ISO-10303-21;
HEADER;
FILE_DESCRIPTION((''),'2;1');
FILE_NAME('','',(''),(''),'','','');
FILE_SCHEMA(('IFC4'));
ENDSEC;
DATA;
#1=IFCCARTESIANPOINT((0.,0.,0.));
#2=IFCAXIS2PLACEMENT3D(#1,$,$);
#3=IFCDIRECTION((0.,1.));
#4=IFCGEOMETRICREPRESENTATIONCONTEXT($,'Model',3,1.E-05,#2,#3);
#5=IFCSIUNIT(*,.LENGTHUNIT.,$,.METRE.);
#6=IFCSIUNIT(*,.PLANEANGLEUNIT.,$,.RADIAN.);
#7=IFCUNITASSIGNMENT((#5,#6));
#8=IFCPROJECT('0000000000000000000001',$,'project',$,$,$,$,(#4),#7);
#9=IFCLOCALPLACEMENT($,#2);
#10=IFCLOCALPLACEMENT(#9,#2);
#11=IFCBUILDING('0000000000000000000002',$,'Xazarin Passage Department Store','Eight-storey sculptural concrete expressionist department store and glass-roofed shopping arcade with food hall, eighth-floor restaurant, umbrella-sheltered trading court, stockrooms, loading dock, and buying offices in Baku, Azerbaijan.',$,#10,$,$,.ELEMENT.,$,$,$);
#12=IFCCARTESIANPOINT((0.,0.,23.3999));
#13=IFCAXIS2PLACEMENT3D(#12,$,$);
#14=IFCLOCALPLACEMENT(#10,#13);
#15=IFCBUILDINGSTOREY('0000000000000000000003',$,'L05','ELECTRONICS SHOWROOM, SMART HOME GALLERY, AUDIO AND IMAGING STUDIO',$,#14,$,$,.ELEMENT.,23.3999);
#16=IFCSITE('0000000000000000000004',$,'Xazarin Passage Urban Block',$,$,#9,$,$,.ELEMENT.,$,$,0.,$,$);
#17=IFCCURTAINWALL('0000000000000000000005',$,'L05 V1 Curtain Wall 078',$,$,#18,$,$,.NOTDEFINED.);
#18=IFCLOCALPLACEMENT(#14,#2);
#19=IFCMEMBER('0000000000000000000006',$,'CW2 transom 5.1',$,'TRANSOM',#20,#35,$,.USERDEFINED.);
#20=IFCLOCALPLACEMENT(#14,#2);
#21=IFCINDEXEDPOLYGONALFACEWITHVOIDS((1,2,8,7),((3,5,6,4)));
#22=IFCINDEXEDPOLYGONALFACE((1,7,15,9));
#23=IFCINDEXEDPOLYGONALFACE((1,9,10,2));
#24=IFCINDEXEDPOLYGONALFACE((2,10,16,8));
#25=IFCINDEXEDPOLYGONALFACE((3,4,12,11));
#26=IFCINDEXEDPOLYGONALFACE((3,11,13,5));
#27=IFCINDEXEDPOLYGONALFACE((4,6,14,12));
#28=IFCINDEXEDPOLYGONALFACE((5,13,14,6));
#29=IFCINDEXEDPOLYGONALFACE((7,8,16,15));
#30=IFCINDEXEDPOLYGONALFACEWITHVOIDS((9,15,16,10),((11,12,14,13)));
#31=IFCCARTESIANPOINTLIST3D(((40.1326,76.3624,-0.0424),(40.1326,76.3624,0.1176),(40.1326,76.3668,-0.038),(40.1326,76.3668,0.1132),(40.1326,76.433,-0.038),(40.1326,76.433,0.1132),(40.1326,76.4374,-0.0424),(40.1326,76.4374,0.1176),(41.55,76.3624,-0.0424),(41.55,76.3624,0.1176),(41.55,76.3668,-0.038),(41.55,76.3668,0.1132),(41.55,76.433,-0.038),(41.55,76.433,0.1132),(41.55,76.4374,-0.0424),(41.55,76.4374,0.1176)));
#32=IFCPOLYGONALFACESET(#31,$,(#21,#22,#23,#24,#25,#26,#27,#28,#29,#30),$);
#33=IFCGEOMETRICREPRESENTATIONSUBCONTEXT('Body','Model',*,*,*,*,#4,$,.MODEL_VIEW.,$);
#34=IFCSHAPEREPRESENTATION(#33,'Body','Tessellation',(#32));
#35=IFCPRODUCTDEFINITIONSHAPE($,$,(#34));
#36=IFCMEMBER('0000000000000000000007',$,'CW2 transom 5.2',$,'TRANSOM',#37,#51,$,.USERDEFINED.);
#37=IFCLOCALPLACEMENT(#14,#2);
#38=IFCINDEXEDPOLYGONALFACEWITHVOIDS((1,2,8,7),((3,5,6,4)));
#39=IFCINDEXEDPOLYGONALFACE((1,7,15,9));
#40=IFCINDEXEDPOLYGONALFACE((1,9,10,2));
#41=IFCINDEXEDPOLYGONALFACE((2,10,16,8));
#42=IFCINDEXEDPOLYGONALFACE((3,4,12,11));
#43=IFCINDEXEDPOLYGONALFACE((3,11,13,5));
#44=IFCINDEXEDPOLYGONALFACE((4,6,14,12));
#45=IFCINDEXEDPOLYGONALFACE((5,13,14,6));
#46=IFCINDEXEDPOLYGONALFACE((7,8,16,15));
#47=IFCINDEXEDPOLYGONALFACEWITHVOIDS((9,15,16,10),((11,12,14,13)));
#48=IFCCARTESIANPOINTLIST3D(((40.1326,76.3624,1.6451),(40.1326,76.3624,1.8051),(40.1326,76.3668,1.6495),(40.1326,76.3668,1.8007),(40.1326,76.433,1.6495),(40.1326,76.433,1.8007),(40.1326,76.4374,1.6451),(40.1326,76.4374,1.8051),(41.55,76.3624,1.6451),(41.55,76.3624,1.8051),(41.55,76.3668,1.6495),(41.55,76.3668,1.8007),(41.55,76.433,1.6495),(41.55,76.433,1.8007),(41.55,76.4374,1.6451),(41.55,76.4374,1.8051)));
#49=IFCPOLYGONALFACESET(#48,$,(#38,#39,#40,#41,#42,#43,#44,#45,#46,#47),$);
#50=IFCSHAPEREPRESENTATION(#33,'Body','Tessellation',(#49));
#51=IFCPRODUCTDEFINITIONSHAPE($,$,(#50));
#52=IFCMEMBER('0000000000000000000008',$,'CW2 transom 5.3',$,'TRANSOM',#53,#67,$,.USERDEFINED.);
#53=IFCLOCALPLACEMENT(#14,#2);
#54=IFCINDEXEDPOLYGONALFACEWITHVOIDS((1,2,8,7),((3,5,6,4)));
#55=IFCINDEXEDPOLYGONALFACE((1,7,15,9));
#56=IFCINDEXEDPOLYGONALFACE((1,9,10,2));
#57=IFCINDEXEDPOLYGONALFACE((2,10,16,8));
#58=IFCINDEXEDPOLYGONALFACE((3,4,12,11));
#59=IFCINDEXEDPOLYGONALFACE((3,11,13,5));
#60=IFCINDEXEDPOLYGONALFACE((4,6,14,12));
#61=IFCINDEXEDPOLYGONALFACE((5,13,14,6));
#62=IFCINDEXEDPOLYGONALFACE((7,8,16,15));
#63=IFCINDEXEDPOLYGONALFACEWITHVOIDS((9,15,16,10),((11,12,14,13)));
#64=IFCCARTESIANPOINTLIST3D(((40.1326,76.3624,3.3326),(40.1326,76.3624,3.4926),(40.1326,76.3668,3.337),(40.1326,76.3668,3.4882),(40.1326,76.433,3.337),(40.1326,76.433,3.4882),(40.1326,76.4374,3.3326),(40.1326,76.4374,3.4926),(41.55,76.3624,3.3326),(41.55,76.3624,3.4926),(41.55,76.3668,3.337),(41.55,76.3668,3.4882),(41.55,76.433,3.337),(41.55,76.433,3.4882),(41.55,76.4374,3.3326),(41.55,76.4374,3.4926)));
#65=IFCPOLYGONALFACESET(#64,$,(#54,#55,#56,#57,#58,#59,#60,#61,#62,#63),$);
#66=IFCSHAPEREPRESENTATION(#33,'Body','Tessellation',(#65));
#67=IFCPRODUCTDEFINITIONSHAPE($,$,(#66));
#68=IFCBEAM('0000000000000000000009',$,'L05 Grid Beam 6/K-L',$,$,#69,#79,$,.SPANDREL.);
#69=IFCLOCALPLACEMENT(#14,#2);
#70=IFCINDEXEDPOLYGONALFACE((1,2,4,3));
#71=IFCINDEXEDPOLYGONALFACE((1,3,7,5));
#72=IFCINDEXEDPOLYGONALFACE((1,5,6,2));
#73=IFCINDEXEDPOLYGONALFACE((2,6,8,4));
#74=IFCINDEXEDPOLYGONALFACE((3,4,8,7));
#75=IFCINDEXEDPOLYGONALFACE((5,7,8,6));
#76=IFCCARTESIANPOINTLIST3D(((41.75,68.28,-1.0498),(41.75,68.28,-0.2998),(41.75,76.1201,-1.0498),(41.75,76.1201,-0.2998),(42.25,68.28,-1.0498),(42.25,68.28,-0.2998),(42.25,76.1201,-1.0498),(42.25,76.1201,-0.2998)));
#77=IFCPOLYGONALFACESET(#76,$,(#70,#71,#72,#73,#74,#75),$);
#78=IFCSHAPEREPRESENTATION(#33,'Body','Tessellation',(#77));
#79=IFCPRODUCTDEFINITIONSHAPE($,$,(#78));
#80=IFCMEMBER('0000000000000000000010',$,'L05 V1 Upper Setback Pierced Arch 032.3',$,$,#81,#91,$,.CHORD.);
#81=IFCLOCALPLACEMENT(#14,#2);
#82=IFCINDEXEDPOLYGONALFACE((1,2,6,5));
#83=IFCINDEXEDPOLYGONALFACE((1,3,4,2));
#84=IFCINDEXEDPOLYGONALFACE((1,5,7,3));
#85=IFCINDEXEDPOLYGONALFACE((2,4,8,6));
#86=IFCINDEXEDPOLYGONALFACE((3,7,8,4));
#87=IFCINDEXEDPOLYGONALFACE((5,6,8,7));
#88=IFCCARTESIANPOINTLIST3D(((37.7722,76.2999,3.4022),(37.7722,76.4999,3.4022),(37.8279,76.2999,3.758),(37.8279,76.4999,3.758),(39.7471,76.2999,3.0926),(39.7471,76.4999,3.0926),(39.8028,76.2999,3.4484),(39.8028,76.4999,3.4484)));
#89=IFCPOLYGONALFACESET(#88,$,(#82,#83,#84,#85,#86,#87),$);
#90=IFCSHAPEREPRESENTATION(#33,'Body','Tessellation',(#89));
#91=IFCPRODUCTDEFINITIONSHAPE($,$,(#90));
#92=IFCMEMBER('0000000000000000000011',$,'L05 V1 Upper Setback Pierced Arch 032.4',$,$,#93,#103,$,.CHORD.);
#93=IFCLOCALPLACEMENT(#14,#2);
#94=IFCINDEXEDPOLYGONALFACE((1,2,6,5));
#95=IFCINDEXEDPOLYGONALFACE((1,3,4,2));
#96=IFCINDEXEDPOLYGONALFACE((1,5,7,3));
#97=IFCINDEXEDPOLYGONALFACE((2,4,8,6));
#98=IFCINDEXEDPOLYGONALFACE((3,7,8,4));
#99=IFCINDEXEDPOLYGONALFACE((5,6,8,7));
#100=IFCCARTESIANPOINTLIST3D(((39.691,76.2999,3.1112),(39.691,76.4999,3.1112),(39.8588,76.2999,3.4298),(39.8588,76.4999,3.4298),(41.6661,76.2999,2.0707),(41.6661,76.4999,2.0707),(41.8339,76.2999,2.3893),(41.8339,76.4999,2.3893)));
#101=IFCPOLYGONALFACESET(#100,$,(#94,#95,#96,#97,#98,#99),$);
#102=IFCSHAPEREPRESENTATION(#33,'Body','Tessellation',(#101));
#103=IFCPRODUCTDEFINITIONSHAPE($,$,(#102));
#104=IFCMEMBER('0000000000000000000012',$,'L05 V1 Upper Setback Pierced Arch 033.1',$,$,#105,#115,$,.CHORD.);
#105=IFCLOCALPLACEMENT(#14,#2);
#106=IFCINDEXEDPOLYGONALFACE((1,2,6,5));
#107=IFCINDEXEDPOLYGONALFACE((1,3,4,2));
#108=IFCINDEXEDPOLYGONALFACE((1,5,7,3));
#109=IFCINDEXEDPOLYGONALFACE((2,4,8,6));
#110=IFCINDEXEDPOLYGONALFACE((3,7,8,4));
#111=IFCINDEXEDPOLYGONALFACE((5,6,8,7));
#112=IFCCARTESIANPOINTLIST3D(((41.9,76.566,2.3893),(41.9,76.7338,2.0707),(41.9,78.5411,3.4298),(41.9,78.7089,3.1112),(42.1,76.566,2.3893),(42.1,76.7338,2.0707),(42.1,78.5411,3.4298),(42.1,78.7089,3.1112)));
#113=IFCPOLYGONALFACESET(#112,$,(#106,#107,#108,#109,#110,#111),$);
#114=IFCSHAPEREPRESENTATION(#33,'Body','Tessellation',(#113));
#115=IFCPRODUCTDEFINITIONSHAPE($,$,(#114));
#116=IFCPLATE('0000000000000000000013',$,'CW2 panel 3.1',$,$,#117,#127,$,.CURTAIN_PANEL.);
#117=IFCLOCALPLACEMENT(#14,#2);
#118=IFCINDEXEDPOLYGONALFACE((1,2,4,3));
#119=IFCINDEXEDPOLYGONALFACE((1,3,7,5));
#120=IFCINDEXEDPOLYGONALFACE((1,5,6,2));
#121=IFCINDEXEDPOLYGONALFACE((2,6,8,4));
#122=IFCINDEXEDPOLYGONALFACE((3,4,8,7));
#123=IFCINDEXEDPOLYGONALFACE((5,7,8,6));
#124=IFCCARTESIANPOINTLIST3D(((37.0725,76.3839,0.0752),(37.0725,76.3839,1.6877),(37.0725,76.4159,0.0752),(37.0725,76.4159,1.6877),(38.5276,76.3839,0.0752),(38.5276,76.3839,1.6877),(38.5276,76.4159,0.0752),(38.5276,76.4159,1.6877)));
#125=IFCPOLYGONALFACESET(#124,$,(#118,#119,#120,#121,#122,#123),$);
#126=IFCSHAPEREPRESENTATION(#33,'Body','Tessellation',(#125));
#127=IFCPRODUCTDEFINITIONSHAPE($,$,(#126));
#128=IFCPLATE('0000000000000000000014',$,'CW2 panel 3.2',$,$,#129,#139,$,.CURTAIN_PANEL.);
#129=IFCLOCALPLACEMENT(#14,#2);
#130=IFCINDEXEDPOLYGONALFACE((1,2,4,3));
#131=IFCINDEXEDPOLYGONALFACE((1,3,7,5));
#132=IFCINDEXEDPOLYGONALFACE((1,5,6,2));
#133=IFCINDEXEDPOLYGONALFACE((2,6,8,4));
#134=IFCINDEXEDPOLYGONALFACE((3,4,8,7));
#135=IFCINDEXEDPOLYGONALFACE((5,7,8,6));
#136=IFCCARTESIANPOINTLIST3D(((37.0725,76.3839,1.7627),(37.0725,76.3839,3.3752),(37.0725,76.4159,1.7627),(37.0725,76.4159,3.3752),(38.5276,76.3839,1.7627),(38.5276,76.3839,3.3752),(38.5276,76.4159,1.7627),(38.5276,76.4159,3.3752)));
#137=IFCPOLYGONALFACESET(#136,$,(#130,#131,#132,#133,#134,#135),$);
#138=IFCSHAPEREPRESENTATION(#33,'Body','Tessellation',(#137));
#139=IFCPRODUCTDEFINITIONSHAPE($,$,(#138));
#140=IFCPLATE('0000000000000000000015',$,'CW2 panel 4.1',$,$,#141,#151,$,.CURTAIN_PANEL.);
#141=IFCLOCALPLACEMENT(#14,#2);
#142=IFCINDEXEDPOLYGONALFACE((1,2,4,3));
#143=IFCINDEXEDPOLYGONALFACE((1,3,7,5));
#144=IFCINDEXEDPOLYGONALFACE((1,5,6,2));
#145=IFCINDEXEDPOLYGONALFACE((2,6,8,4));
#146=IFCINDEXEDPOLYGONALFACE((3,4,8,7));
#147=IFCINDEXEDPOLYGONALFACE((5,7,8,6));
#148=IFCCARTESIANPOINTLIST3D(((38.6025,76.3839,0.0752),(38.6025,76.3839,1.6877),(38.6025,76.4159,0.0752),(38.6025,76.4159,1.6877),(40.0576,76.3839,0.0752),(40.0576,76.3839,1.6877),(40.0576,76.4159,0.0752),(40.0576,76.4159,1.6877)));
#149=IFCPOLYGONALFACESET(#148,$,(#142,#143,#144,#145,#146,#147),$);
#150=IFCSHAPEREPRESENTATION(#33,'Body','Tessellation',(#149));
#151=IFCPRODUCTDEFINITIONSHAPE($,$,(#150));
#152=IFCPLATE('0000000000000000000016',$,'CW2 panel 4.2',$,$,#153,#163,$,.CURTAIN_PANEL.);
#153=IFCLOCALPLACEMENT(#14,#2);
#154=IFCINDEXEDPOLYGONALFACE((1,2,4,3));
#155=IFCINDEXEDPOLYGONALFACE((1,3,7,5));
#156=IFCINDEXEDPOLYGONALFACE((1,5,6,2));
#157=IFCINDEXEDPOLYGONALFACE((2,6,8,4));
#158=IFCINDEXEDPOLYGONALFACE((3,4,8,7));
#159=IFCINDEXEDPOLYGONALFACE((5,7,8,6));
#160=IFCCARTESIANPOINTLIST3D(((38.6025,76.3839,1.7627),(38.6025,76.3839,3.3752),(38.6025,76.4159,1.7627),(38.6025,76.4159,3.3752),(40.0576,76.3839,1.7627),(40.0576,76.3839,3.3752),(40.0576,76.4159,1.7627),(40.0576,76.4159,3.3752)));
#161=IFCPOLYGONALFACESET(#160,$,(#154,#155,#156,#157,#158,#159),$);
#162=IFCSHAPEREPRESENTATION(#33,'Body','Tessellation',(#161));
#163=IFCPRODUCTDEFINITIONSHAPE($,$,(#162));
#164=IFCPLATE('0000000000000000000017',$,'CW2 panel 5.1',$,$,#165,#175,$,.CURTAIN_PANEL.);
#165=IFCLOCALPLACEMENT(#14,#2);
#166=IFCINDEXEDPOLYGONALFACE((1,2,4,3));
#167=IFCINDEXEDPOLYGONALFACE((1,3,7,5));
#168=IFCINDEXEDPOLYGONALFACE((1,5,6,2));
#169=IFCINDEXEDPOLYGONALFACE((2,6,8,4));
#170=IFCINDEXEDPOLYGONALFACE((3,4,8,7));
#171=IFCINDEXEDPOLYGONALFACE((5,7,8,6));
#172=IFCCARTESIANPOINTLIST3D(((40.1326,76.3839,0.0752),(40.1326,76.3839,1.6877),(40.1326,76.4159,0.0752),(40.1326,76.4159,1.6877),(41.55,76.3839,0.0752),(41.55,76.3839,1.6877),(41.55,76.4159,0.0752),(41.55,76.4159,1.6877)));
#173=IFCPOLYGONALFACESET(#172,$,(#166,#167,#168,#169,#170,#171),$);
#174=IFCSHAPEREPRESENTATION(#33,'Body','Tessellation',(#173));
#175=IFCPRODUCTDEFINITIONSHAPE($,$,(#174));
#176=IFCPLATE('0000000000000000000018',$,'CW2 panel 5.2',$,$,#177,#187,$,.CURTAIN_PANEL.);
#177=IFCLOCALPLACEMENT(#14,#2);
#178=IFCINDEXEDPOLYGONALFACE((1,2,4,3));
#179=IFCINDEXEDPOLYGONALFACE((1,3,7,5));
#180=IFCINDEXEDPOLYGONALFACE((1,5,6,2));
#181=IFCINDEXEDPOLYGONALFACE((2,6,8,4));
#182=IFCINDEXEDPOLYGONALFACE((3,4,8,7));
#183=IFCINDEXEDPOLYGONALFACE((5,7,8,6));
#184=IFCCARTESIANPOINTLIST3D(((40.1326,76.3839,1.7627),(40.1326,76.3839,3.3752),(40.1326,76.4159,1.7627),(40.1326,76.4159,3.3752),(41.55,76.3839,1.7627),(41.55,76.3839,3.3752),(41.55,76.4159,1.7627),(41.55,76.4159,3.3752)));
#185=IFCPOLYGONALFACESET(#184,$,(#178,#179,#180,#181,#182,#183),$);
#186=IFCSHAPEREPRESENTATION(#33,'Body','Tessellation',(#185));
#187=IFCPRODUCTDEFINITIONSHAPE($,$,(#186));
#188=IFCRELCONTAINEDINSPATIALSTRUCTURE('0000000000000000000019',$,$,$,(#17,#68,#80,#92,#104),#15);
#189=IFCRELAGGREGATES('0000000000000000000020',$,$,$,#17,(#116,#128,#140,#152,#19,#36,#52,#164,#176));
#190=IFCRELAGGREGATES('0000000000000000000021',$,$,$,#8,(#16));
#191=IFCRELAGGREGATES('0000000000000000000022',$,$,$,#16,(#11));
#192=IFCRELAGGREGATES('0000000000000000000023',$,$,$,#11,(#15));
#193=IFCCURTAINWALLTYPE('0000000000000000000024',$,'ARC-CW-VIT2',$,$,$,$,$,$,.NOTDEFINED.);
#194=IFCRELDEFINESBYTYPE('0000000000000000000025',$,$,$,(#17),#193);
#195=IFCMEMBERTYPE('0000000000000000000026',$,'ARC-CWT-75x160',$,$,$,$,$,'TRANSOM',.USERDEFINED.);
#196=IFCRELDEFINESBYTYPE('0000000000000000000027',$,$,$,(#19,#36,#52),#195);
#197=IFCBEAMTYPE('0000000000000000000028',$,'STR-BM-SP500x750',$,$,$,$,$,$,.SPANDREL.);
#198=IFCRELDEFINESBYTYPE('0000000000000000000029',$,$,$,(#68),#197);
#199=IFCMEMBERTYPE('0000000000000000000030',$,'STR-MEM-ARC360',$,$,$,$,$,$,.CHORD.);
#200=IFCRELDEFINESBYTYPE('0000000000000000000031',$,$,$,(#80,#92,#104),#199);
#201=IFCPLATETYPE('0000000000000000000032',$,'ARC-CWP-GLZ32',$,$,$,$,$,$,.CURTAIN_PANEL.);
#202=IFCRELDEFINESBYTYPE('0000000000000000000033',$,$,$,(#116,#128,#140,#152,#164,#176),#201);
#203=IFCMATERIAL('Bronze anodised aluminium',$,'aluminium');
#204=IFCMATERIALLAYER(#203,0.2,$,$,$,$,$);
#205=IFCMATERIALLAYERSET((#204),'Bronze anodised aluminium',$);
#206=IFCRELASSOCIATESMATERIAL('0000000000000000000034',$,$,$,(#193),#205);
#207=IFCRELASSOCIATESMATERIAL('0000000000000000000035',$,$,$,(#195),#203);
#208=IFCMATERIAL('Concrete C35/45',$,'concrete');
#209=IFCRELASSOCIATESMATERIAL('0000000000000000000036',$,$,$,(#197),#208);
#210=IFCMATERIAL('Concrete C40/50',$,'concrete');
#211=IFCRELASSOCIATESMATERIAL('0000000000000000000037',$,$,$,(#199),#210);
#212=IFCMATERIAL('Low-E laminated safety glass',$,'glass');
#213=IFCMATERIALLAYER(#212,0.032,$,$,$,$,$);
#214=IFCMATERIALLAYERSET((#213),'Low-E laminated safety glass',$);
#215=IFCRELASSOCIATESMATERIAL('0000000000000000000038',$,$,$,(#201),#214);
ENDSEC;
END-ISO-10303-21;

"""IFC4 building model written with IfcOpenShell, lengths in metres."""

from ifc_helpers import new_model, si_unit, direction, frame, origin, origin_2d, place, context, subcontext, project, spatial, rectangle, hollow_rectangle, extrude, material, layer, layer_set, material_profile, profile_set, type_object, element, aggregate, save


model = new_model("IFC4")

# Units and contexts
model_context = context("Model", 3, precision=1e-05, world=origin(), true_north=direction((0.0, 1.0)))
body_context = subcontext(model_context, "Body", "Model", "MODEL_VIEW")
ifc_project = project(units=[si_unit("LENGTHUNIT", "METRE"), si_unit("PLANEANGLEUNIT", "RADIAN")], contexts=[model_context])

# Site, building, storey
site_placement = place(None, origin())
site = spatial("IfcSite", under=ifc_project, at=site_placement, Name="Xazarin Passage Urban Block", CompositionType="ELEMENT", RefElevation=0.0)
building_placement = place(site_placement, origin())
building = spatial("IfcBuilding", under=site, at=building_placement, Name="Xazarin Passage Department Store", Description="Eight-storey sculptural concrete expressionist department store and glass-roofed shopping arcade with food hall, eighth-floor restaurant, umbrella-sheltered trading court, stockrooms, loading dock, and buying offices in Baku, Azerbaijan.", CompositionType="ELEMENT")
storey_placement = place(building_placement, frame((0.0, 0.0, 23.3999)))
storey = spatial("IfcBuildingStorey", under=building, at=storey_placement, Name="L05", Description="ELECTRONICS SHOWROOM, SMART HOME GALLERY, AUDIO AND IMAGING STUDIO", CompositionType="ELEMENT", Elevation=23.3999)

# Shared definitions
ifc_material_1 = material(Name="Concrete C40/50", Category="concrete")

# Curtain wall, members
ifc_material_2 = material(Name="Bronze anodised aluminium", Category="aluminium")
ifc_layer_1 = layer(ifc_material_2, 0.2)
ifc_layer_set_1 = layer_set([ifc_layer_1], Name="Bronze anodised aluminium")
curtain_wall_type = type_object("IfcCurtainWallType", Name="ARC-CW-VIT2", PredefinedType="NOTDEFINED", material=ifc_layer_set_1)
curtain_wall_placement = place(storey_placement, origin())
curtain_wall = element("IfcCurtainWall", 1, at=curtain_wall_placement, inside=storey, type_object=curtain_wall_type, Name="L05 V1 Curtain Wall 078", PredefinedType="NOTDEFINED")
ifc_material_profile_1 = material_profile(ifc_material_2, hollow_rectangle(XDim=0.075, YDim=0.1599, WallThickness=0.0044, at=origin_2d()), Name="ALU 75x160")
ifc_profile_set_1 = profile_set([ifc_material_profile_1], Name="Bronze anodised aluminium")
member_type_1 = type_object("IfcMemberType", Name="ARC-CWT-75x160", ElementType="TRANSOM", PredefinedType="USERDEFINED", material=ifc_profile_set_1)
member_1_placement = place(storey_placement, frame((40.1326, 76.3999, 0.0376), z_axis=(1.0, 0.0, 0.0), x_axis=(0.0, 1.0, 0.0)))
member_1 = element("IfcMember", 2, at=member_1_placement, type_object=member_type_1, Name="CW2 transom 5.1", ObjectType="TRANSOM", PredefinedType="USERDEFINED", context=body_context, shape_type="SweptSolid", body=[
    extrude(hollow_rectangle(XDim=0.075, YDim=0.1599, WallThickness=0.0044, at=origin_2d()), origin(), (0.0, 0.0, 1.0), 1.4175),
])
member_2_placement = place(storey_placement, frame((40.1326, 76.3999, 1.7251), z_axis=(1.0, 0.0, 0.0), x_axis=(0.0, 1.0, 0.0)))
member_2 = element("IfcMember", 3, at=member_2_placement, type_object=member_type_1, Name="CW2 transom 5.2", ObjectType="TRANSOM", PredefinedType="USERDEFINED", context=body_context, shape_type="SweptSolid", body=[
    extrude(hollow_rectangle(XDim=0.075, YDim=0.1599, WallThickness=0.0044, at=origin_2d()), origin(), (0.0, 0.0, 1.0), 1.4175),
])
member_3_placement = place(storey_placement, frame((40.1326, 76.3999, 3.4126), z_axis=(1.0, 0.0, 0.0), x_axis=(0.0, 1.0, 0.0)))
member_3 = element("IfcMember", 4, at=member_3_placement, type_object=member_type_1, Name="CW2 transom 5.3", ObjectType="TRANSOM", PredefinedType="USERDEFINED", context=body_context, shape_type="SweptSolid", body=[
    extrude(hollow_rectangle(XDim=0.075, YDim=0.1599, WallThickness=0.0044, at=origin_2d()), origin(), (0.0, 0.0, 1.0), 1.4175),
])

# Beam
ifc_material_3 = material(Name="Concrete C35/45", Category="concrete")
ifc_material_profile_2 = material_profile(ifc_material_3, rectangle(XDim=0.5, YDim=0.75, at=origin_2d()), Name="RC 500x750")
ifc_profile_set_2 = profile_set([ifc_material_profile_2], Name="Concrete C35/45")
beam_type = type_object("IfcBeamType", Name="STR-BM-SP500x750", PredefinedType="SPANDREL", material=ifc_profile_set_2)
beam_placement = place(storey_placement, frame((42.0, 68.28, -0.6748), z_axis=(0.0, 1.0, 0.0), x_axis=(-1.0, 0.0, 0.0)))
element("IfcBeam", 5, at=beam_placement, inside=storey, type_object=beam_type, Name="L05 Grid Beam 6/K-L", PredefinedType="SPANDREL", context=body_context, shape_type="SweptSolid", body=[
    extrude(rectangle(XDim=0.5, YDim=0.75, at=origin_2d()), origin(), (0.0, 0.0, 1.0), 7.8401),
])

# Members
ifc_material_profile_3 = material_profile(ifc_material_1, rectangle(XDim=0.2, YDim=0.3601, at=origin_2d()), Name="RC 200x360")
ifc_profile_set_3 = profile_set([ifc_material_profile_3], Name="Concrete C40/50")
member_type_2 = type_object("IfcMemberType", Name="STR-MEM-ARC360", PredefinedType="CHORD", material=ifc_profile_set_3)
member_4_placement = place(storey_placement, frame((37.8, 76.3999, 3.5801), z_axis=(0.987936, 0.0, -0.154865), x_axis=(0.0, 1.0, 0.0)))
element("IfcMember", 6, at=member_4_placement, inside=storey, type_object=member_type_2, Name="L05 V1 Upper Setback Pierced Arch 032.3", PredefinedType="CHORD", context=body_context, shape_type="SweptSolid", body=[
    extrude(rectangle(XDim=0.2, YDim=0.3601, at=origin_2d()), origin(), (0.0, 0.0, 1.0), 1.999),
])
for number, where, z_axis, x_axis, name in (
    (7, (39.7749, 76.3999, 3.2705), (0.884733, 0.0, -0.466098), (0.0, 1.0, 0.0), "L05 V1 Upper Setback Pierced Arch 032.4"),
    (8, (42.0, 76.6499, 2.23), (0.0, 0.884733, 0.466098), (-1.0, 0.0, 0.0), "L05 V1 Upper Setback Pierced Arch 033.1"),
):
    element("IfcMember", number, at=place(storey_placement, frame(where, z_axis=z_axis, x_axis=x_axis)), inside=storey, type_object=member_type_2, Name=name, PredefinedType="CHORD", context=body_context, shape_type="SweptSolid", body=[
        extrude(rectangle(XDim=0.2, YDim=0.3601, at=origin_2d()), origin(), (0.0, 0.0, 1.0), 2.2324),
    ])

# Plates
ifc_material_4 = material(Name="Low-E laminated safety glass", Category="glass")
ifc_layer_2 = layer(ifc_material_4, 0.032)
ifc_layer_set_2 = layer_set([ifc_layer_2], Name="Low-E laminated safety glass")
plate_type = type_object("IfcPlateType", Name="ARC-CWP-GLZ32", PredefinedType="CURTAIN_PANEL", material=ifc_layer_set_2)
plate_1_placement = place(storey_placement, frame((37.8, 76.3999, 0.0752), z_axis=(0.0, 0.0, 1.0), x_axis=(1.0, 0.0, 0.0)))
plate_1 = element("IfcPlate", 9, at=plate_1_placement, type_object=plate_type, Name="CW2 panel 3.1", PredefinedType="CURTAIN_PANEL", context=body_context, shape_type="SweptSolid", body=[
    extrude(rectangle(XDim=1.4551, YDim=0.032, at=origin_2d()), origin(), (0.0, 0.0, 1.0), 1.6125),
])
plate_2_placement = place(storey_placement, frame((37.8, 76.3999, 1.7627), z_axis=(0.0, 0.0, 1.0), x_axis=(1.0, 0.0, 0.0)))
plate_2 = element("IfcPlate", 10, at=plate_2_placement, type_object=plate_type, Name="CW2 panel 3.2", PredefinedType="CURTAIN_PANEL", context=body_context, shape_type="SweptSolid", body=[
    extrude(rectangle(XDim=1.4551, YDim=0.032, at=origin_2d()), origin(), (0.0, 0.0, 1.0), 1.6125),
])
plate_3_placement = place(storey_placement, frame((39.3301, 76.3999, 0.0752), z_axis=(0.0, 0.0, 1.0), x_axis=(1.0, 0.0, 0.0)))
plate_3 = element("IfcPlate", 11, at=plate_3_placement, type_object=plate_type, Name="CW2 panel 4.1", PredefinedType="CURTAIN_PANEL", context=body_context, shape_type="SweptSolid", body=[
    extrude(rectangle(XDim=1.4551, YDim=0.032, at=origin_2d()), origin(), (0.0, 0.0, 1.0), 1.6125),
])
plate_4_placement = place(storey_placement, frame((39.3301, 76.3999, 1.7627), z_axis=(0.0, 0.0, 1.0), x_axis=(1.0, 0.0, 0.0)))
plate_4 = element("IfcPlate", 12, at=plate_4_placement, type_object=plate_type, Name="CW2 panel 4.2", PredefinedType="CURTAIN_PANEL", context=body_context, shape_type="SweptSolid", body=[
    extrude(rectangle(XDim=1.4551, YDim=0.032, at=origin_2d()), origin(), (0.0, 0.0, 1.0), 1.6125),
])
plate_5_placement = place(storey_placement, frame((40.8413, 76.3999, 0.0752), z_axis=(0.0, 0.0, 1.0), x_axis=(1.0, 0.0, 0.0)))
plate_5 = element("IfcPlate", 13, at=plate_5_placement, type_object=plate_type, Name="CW2 panel 5.1", PredefinedType="CURTAIN_PANEL", context=body_context, shape_type="SweptSolid", body=[
    extrude(rectangle(XDim=1.4175, YDim=0.032, at=origin_2d()), origin(), (0.0, 0.0, 1.0), 1.6125),
])
plate_6_placement = place(storey_placement, frame((40.8413, 76.3999, 1.7627), z_axis=(0.0, 0.0, 1.0), x_axis=(1.0, 0.0, 0.0)))
plate_6 = element("IfcPlate", 14, at=plate_6_placement, type_object=plate_type, Name="CW2 panel 5.2", PredefinedType="CURTAIN_PANEL", context=body_context, shape_type="SweptSolid", body=[
    extrude(rectangle(XDim=1.4175, YDim=0.032, at=origin_2d()), origin(), (0.0, 0.0, 1.0), 1.6125),
])
aggregate(curtain_wall, [plate_1, plate_2, plate_3, plate_4, member_1, member_2, member_3, plate_5, plate_6])

save(model, "model.ifc")
